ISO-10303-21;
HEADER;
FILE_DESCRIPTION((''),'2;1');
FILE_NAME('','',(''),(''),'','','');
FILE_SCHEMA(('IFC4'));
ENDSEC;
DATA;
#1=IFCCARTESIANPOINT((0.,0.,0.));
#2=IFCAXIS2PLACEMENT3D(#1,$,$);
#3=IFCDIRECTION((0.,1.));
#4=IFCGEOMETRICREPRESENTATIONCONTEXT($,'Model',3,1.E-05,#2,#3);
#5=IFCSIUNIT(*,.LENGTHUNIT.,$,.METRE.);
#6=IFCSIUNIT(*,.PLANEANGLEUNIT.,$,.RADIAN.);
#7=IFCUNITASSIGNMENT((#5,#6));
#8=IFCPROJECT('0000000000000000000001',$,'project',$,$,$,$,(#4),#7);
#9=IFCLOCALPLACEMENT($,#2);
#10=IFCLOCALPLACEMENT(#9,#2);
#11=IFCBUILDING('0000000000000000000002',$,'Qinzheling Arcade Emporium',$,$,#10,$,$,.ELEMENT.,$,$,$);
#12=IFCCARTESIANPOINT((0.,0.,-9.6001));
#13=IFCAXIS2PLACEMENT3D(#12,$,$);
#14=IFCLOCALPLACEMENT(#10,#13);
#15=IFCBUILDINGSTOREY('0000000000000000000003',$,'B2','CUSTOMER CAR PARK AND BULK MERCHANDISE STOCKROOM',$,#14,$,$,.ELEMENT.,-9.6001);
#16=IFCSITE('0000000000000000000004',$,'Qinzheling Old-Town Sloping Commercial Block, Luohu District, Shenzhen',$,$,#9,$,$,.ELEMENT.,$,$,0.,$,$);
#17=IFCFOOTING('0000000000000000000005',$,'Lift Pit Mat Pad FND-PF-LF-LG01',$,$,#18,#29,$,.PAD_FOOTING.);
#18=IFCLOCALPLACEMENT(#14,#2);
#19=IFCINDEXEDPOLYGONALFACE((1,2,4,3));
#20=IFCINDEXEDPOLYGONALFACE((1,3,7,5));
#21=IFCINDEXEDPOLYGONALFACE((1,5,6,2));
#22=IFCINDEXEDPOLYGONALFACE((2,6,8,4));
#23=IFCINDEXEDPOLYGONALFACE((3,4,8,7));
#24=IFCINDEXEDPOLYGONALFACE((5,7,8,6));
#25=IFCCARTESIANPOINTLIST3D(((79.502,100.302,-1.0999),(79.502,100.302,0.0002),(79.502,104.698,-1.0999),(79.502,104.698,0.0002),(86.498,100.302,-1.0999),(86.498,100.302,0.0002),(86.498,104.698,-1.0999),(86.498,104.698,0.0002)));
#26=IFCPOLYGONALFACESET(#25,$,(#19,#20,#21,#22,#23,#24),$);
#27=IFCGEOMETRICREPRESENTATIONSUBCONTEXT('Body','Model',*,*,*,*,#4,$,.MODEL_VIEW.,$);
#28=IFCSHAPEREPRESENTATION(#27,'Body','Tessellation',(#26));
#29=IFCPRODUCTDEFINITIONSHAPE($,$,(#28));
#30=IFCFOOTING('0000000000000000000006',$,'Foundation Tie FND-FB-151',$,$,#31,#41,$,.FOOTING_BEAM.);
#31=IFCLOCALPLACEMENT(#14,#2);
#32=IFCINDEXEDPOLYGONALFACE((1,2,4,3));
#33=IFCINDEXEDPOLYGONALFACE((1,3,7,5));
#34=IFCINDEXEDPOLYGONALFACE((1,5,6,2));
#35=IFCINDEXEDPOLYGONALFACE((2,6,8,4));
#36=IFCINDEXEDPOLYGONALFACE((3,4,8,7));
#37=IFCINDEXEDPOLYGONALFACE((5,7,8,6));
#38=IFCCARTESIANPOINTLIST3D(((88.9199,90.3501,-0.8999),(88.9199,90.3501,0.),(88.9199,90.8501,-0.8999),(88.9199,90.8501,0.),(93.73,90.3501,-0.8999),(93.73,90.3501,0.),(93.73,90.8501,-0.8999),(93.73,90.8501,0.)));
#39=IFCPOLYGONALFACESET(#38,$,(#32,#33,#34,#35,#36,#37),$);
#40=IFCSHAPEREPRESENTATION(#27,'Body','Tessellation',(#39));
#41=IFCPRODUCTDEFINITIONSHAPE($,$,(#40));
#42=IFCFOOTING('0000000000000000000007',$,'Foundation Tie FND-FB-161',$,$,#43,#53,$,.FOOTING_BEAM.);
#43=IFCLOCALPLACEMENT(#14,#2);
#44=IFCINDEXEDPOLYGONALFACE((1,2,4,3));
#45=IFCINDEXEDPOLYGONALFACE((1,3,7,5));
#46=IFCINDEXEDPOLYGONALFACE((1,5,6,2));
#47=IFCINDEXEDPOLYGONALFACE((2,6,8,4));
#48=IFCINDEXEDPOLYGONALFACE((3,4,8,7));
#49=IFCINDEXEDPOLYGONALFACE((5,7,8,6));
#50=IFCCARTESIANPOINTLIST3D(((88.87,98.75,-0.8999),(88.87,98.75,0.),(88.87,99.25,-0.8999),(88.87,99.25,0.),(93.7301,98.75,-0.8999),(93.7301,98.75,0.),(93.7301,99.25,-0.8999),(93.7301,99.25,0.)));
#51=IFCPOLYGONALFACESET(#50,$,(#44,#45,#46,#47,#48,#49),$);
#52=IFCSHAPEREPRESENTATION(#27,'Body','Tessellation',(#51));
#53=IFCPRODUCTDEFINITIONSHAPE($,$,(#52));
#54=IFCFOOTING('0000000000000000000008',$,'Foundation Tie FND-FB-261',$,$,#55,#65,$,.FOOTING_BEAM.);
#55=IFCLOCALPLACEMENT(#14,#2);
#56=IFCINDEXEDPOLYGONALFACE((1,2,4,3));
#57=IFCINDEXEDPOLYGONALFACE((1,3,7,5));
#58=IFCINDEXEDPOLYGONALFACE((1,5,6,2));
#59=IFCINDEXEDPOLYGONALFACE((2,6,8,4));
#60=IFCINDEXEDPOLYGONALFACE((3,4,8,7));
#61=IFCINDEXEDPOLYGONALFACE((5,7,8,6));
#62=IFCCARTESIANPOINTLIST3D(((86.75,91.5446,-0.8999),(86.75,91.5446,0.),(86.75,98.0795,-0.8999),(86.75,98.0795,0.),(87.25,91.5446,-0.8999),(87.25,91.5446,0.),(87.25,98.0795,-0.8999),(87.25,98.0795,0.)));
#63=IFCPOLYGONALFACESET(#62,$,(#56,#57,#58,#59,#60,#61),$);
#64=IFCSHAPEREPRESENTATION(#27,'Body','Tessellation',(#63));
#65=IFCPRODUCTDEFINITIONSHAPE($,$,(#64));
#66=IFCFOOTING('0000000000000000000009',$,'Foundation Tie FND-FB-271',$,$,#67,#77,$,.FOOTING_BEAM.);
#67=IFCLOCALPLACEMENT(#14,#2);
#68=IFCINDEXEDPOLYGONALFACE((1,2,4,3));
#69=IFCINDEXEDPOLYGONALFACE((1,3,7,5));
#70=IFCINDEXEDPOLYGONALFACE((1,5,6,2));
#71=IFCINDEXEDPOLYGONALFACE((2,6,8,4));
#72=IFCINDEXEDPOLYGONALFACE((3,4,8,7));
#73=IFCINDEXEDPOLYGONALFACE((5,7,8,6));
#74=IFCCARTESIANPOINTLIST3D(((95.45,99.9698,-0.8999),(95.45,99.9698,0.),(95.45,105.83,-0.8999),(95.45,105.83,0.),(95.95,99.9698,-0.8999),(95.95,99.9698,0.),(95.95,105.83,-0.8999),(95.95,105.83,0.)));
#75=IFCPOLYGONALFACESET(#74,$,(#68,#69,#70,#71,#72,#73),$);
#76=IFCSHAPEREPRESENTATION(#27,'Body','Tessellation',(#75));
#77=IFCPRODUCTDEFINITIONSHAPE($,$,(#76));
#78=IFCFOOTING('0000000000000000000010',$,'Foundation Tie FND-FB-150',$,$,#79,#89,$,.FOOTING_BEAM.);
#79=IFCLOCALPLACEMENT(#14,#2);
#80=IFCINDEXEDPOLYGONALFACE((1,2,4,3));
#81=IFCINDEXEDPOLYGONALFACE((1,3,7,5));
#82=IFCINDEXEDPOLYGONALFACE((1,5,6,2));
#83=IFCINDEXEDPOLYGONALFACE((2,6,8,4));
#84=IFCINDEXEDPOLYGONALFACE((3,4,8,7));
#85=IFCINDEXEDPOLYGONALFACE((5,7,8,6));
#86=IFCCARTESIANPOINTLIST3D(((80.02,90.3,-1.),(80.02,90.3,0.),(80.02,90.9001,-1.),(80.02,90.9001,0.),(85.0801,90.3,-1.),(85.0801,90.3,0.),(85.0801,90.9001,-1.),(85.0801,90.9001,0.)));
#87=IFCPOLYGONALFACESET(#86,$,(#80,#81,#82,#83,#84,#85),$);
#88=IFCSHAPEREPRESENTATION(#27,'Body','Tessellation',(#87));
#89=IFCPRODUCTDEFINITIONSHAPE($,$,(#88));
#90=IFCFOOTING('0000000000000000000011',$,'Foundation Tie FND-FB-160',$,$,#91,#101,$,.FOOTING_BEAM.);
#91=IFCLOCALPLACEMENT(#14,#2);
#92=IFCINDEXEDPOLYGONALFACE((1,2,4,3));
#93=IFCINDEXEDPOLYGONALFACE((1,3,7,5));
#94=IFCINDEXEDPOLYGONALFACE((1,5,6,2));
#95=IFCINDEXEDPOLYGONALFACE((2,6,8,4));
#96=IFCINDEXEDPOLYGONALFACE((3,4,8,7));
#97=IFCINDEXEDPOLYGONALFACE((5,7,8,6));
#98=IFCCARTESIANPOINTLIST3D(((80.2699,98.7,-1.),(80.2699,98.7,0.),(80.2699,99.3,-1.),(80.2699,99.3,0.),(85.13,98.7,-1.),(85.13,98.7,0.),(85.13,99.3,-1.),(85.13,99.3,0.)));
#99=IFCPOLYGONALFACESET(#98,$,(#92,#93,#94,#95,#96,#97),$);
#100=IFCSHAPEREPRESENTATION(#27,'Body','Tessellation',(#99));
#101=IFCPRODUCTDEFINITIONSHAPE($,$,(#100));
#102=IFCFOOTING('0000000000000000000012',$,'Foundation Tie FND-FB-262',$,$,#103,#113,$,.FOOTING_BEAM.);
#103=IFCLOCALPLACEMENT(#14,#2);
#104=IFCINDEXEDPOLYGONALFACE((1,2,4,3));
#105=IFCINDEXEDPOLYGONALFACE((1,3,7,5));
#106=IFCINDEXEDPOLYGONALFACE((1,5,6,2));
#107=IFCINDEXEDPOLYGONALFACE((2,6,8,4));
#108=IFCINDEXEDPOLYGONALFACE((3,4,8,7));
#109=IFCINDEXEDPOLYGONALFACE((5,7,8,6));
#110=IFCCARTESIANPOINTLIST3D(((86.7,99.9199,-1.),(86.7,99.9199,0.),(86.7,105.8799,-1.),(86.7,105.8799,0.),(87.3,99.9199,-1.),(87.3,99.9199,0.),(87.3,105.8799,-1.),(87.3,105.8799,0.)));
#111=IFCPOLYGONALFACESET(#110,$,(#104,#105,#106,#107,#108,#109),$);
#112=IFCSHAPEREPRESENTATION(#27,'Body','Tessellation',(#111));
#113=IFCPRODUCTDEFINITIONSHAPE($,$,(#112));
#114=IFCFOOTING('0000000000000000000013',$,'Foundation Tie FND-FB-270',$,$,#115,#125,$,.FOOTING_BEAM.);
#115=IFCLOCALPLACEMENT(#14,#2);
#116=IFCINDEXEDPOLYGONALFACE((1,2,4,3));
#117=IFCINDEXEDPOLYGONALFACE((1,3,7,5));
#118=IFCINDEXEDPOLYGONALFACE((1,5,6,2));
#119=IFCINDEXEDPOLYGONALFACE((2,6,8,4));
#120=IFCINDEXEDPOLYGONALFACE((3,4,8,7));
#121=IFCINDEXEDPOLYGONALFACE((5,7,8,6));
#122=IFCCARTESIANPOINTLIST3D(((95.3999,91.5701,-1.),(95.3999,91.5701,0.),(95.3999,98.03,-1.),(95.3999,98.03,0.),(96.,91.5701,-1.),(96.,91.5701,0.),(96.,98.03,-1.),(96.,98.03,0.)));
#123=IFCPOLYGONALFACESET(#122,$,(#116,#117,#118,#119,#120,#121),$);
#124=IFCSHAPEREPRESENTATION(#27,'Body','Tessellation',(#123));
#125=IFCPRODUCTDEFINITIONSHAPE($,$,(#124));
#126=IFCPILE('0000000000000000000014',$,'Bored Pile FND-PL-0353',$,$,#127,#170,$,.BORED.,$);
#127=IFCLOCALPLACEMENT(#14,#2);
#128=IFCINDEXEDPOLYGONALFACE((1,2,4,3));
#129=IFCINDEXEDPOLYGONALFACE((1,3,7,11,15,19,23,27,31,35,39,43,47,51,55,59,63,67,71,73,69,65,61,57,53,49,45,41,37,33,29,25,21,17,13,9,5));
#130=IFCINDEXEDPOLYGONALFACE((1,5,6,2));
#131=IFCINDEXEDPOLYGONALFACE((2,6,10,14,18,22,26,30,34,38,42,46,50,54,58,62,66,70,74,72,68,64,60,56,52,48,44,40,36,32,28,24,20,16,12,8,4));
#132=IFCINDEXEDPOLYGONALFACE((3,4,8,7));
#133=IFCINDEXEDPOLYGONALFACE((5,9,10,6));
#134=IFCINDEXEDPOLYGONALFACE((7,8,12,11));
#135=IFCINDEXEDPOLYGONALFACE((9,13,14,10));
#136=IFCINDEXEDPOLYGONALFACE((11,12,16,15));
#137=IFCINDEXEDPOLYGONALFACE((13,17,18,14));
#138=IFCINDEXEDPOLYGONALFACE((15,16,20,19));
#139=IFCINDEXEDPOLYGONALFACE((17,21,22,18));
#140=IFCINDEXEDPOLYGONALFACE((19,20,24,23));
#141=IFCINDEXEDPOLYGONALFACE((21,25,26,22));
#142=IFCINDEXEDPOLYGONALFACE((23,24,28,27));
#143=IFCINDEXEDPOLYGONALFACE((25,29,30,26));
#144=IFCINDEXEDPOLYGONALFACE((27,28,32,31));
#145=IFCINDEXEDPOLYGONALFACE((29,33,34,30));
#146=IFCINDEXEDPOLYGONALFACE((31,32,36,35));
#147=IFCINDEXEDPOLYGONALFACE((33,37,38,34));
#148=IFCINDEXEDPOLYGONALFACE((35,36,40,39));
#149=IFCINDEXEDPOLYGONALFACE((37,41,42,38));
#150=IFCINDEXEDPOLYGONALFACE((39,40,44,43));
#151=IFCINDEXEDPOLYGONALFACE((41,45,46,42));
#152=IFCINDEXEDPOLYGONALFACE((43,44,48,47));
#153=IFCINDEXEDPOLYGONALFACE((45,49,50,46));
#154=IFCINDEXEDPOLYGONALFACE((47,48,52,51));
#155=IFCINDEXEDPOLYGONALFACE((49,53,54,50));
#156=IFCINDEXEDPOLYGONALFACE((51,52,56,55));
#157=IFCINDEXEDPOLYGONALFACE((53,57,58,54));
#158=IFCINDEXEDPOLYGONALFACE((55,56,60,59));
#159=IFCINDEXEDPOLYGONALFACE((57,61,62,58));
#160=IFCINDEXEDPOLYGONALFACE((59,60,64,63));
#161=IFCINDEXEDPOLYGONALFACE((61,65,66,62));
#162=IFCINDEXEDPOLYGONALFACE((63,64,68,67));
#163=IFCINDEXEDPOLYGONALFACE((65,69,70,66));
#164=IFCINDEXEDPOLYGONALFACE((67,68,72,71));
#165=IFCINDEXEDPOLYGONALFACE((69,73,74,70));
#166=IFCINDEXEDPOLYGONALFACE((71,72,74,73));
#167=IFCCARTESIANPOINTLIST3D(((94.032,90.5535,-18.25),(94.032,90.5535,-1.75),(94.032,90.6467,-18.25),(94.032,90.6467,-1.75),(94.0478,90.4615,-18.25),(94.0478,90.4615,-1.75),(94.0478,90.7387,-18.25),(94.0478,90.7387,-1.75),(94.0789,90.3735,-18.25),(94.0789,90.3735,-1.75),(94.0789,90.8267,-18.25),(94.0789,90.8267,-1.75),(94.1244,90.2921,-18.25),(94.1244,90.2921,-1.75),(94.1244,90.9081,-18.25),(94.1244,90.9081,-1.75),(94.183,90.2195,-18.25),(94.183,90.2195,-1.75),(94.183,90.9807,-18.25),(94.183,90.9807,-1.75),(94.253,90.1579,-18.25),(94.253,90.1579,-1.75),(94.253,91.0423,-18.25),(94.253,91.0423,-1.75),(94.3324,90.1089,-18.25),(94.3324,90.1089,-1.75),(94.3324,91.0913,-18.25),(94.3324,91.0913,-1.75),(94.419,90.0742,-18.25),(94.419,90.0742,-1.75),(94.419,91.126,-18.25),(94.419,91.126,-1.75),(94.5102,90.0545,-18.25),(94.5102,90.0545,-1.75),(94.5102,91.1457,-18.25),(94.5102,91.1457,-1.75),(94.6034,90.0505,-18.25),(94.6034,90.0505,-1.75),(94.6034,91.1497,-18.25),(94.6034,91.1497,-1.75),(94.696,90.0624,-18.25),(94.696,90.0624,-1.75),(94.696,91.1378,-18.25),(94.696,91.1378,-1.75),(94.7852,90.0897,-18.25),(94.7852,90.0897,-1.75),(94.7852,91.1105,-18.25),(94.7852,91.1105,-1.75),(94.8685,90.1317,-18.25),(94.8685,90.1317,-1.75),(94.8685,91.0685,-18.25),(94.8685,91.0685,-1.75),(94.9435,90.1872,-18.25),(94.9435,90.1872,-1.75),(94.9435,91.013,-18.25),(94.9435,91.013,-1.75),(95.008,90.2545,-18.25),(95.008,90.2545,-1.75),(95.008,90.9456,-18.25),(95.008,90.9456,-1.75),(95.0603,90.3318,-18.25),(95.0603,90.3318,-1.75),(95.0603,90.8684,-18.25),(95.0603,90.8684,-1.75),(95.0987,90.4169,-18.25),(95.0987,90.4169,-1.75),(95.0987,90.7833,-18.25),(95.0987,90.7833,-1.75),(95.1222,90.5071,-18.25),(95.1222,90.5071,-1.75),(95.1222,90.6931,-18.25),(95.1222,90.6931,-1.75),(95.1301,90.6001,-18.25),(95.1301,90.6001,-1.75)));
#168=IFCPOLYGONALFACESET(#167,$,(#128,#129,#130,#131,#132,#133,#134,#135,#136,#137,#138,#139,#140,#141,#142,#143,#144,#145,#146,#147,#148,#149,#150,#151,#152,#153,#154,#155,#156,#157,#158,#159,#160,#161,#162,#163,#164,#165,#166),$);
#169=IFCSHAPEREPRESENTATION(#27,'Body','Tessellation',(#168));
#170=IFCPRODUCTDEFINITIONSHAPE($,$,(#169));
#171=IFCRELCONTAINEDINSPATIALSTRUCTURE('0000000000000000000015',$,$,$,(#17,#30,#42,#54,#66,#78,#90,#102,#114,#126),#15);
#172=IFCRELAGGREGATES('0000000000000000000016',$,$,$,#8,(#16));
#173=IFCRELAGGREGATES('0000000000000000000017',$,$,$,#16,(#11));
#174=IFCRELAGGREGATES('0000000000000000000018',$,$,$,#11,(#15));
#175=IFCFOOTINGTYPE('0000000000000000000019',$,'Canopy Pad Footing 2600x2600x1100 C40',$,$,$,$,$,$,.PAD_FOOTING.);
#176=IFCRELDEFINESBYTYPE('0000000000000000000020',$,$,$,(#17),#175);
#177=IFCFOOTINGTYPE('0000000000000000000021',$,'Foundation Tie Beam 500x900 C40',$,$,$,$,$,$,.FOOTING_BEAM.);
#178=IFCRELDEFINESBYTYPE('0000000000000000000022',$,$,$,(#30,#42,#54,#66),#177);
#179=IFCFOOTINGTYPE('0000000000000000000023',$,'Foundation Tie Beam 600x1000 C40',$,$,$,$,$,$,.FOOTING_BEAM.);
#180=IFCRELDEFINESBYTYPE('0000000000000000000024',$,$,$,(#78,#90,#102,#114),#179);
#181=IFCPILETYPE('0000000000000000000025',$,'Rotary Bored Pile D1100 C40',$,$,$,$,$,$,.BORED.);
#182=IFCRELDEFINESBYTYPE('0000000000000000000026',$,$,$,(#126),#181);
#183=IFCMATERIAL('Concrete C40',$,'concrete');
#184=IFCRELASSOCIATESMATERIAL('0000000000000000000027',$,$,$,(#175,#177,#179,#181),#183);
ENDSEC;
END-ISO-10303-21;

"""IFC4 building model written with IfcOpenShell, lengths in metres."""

from ifc_helpers import new_model, si_unit, direction, frame, origin, origin_2d, place, context, subcontext, project, spatial, rectangle, circle, extrude, material, material_profile, profile_set, type_object, element, save


model = new_model("IFC4")

# Units and contexts
model_context = context("Model", 3, precision=1e-05, world=origin(), true_north=direction((0.0, 1.0)))
body_context = subcontext(model_context, "Body", "Model", "MODEL_VIEW")
ifc_project = project(units=[si_unit("LENGTHUNIT", "METRE"), si_unit("PLANEANGLEUNIT", "RADIAN")], contexts=[model_context])

# Site, building, storey
site_placement = place(None, origin())
site = spatial("IfcSite", under=ifc_project, at=site_placement, Name="Qinzheling Old-Town Sloping Commercial Block, Luohu District, Shenzhen", CompositionType="ELEMENT", RefElevation=0.0)
building_placement = place(site_placement, origin())
building = spatial("IfcBuilding", under=site, at=building_placement, Name="Qinzheling Arcade Emporium", CompositionType="ELEMENT")
storey_placement = place(building_placement, frame((0.0, 0.0, -9.6001)))
storey = spatial("IfcBuildingStorey", under=building, at=storey_placement, Name="B2", Description="CUSTOMER CAR PARK AND BULK MERCHANDISE STOCKROOM", CompositionType="ELEMENT", Elevation=-9.6001)

# Footings
ifc_material_1 = material(Name="Concrete C40", Category="concrete")
footing_type_1 = type_object("IfcFootingType", Name="Canopy Pad Footing 2600x2600x1100 C40", PredefinedType="PAD_FOOTING", material=ifc_material_1)
footing_1_placement = place(storey_placement, frame((83.0, 102.5, -1.0999), z_axis=(0.0, 0.0, 1.0), x_axis=(1.0, 0.0, 0.0)))
element("IfcFooting", 1, at=footing_1_placement, inside=storey, type_object=footing_type_1, Name="Lift Pit Mat Pad FND-PF-LF-LG01", PredefinedType="PAD_FOOTING", context=body_context, shape_type="SweptSolid", body=[
    extrude(rectangle(XDim=6.9961, YDim=4.396, at=origin_2d()), origin(), (0.0, 0.0, 1.0), 1.1001),
])
footing_type_2 = type_object("IfcFootingType", Name="Foundation Tie Beam 500x900 C40", PredefinedType="FOOTING_BEAM", material=ifc_material_1)
footing_2_placement = place(storey_placement, frame((91.325, 90.6001, -0.8999), z_axis=(0.0, 0.0, 1.0), x_axis=(1.0, 0.0, 0.0)))
element("IfcFooting", 2, at=footing_2_placement, inside=storey, type_object=footing_type_2, Name="Foundation Tie FND-FB-151", PredefinedType="FOOTING_BEAM", context=body_context, shape_type="SweptSolid", body=[
    extrude(rectangle(XDim=4.8101, YDim=0.5, at=origin_2d()), origin(), (0.0, 0.0, 1.0), 0.8999),
])
footing_3_placement = place(storey_placement, frame((91.3, 99.0, -0.8999), z_axis=(0.0, 0.0, 1.0), x_axis=(1.0, 0.0, 0.0)))
element("IfcFooting", 3, at=footing_3_placement, inside=storey, type_object=footing_type_2, Name="Foundation Tie FND-FB-161", PredefinedType="FOOTING_BEAM", context=body_context, shape_type="SweptSolid", body=[
    extrude(rectangle(XDim=4.8601, YDim=0.5, at=origin_2d()), origin(), (0.0, 0.0, 1.0), 0.8999),
])
footing_4_placement = place(storey_placement, frame((87.0, 94.812, -0.8999), z_axis=(0.0, 0.0, 1.0), x_axis=(1.0, 0.0, 0.0)))
element("IfcFooting", 4, at=footing_4_placement, inside=storey, type_object=footing_type_2, Name="Foundation Tie FND-FB-261", PredefinedType="FOOTING_BEAM", context=body_context, shape_type="SweptSolid", body=[
    extrude(rectangle(XDim=0.5, YDim=6.5349, at=origin_2d()), origin(), (0.0, 0.0, 1.0), 0.8999),
])
footing_5_placement = place(storey_placement, frame((95.7, 102.8999, -0.8999), z_axis=(0.0, 0.0, 1.0), x_axis=(1.0, 0.0, 0.0)))
element("IfcFooting", 5, at=footing_5_placement, inside=storey, type_object=footing_type_2, Name="Foundation Tie FND-FB-271", PredefinedType="FOOTING_BEAM", context=body_context, shape_type="SweptSolid", body=[
    extrude(rectangle(XDim=0.5, YDim=5.8601, at=origin_2d()), origin(), (0.0, 0.0, 1.0), 0.8999),
])
footing_type_3 = type_object("IfcFootingType", Name="Foundation Tie Beam 600x1000 C40", PredefinedType="FOOTING_BEAM", material=ifc_material_1)
footing_6_placement = place(storey_placement, frame((82.55, 90.6001, -1.0), z_axis=(0.0, 0.0, 1.0), x_axis=(1.0, 0.0, 0.0)))
element("IfcFooting", 6, at=footing_6_placement, inside=storey, type_object=footing_type_3, Name="Foundation Tie FND-FB-150", PredefinedType="FOOTING_BEAM", context=body_context, shape_type="SweptSolid", body=[
    extrude(rectangle(XDim=5.0601, YDim=0.6001, at=origin_2d()), origin(), (0.0, 0.0, 1.0), 1.0),
])
footing_7_placement = place(storey_placement, frame((82.7, 99.0, -1.0), z_axis=(0.0, 0.0, 1.0), x_axis=(1.0, 0.0, 0.0)))
element("IfcFooting", 7, at=footing_7_placement, inside=storey, type_object=footing_type_3, Name="Foundation Tie FND-FB-160", PredefinedType="FOOTING_BEAM", context=body_context, shape_type="SweptSolid", body=[
    extrude(rectangle(XDim=4.8601, YDim=0.6001, at=origin_2d()), origin(), (0.0, 0.0, 1.0), 1.0),
])
footing_8_placement = place(storey_placement, frame((87.0, 102.8999, -1.0), z_axis=(0.0, 0.0, 1.0), x_axis=(1.0, 0.0, 0.0)))
element("IfcFooting", 8, at=footing_8_placement, inside=storey, type_object=footing_type_3, Name="Foundation Tie FND-FB-262", PredefinedType="FOOTING_BEAM", context=body_context, shape_type="SweptSolid", body=[
    extrude(rectangle(XDim=0.6001, YDim=5.96, at=origin_2d()), origin(), (0.0, 0.0, 1.0), 1.0),
])
footing_9_placement = place(storey_placement, frame((95.7, 94.8, -1.0), z_axis=(0.0, 0.0, 1.0), x_axis=(1.0, 0.0, 0.0)))
element("IfcFooting", 9, at=footing_9_placement, inside=storey, type_object=footing_type_3, Name="Foundation Tie FND-FB-270", PredefinedType="FOOTING_BEAM", context=body_context, shape_type="SweptSolid", body=[
    extrude(rectangle(XDim=0.6001, YDim=6.46, at=origin_2d()), origin(), (0.0, 0.0, 1.0), 1.0),
])

# Pile
ifc_material_profile_1 = material_profile(ifc_material_1, circle(Radius=0.55, at=origin_2d()), Name="BORED D1100", Category="concrete")
ifc_profile_set_1 = profile_set([ifc_material_profile_1], Name="Concrete C40")
pile_type_1 = type_object("IfcPileType", Name="Rotary Bored Pile D1100 C40", PredefinedType="BORED", material=ifc_profile_set_1)
for number, where, z_axis, x_axis, name in (
    (10, (94.5801, 90.6001, -1.75), (0.0, 0.0, -1.0), (1.0, 0.0, 0.0), "Bored Pile FND-PL-0353"),
):
    element("IfcPile", number, at=place(storey_placement, frame(where, z_axis=z_axis, x_axis=x_axis)), inside=storey, type_object=pile_type_1, Name=name, PredefinedType="BORED", context=body_context, shape_type="SweptSolid", body=[
        extrude(circle(Radius=0.55, at=origin_2d()), origin(), (0.0, 0.0, 1.0), 16.5),
    ])

save(model, "model.ifc")
